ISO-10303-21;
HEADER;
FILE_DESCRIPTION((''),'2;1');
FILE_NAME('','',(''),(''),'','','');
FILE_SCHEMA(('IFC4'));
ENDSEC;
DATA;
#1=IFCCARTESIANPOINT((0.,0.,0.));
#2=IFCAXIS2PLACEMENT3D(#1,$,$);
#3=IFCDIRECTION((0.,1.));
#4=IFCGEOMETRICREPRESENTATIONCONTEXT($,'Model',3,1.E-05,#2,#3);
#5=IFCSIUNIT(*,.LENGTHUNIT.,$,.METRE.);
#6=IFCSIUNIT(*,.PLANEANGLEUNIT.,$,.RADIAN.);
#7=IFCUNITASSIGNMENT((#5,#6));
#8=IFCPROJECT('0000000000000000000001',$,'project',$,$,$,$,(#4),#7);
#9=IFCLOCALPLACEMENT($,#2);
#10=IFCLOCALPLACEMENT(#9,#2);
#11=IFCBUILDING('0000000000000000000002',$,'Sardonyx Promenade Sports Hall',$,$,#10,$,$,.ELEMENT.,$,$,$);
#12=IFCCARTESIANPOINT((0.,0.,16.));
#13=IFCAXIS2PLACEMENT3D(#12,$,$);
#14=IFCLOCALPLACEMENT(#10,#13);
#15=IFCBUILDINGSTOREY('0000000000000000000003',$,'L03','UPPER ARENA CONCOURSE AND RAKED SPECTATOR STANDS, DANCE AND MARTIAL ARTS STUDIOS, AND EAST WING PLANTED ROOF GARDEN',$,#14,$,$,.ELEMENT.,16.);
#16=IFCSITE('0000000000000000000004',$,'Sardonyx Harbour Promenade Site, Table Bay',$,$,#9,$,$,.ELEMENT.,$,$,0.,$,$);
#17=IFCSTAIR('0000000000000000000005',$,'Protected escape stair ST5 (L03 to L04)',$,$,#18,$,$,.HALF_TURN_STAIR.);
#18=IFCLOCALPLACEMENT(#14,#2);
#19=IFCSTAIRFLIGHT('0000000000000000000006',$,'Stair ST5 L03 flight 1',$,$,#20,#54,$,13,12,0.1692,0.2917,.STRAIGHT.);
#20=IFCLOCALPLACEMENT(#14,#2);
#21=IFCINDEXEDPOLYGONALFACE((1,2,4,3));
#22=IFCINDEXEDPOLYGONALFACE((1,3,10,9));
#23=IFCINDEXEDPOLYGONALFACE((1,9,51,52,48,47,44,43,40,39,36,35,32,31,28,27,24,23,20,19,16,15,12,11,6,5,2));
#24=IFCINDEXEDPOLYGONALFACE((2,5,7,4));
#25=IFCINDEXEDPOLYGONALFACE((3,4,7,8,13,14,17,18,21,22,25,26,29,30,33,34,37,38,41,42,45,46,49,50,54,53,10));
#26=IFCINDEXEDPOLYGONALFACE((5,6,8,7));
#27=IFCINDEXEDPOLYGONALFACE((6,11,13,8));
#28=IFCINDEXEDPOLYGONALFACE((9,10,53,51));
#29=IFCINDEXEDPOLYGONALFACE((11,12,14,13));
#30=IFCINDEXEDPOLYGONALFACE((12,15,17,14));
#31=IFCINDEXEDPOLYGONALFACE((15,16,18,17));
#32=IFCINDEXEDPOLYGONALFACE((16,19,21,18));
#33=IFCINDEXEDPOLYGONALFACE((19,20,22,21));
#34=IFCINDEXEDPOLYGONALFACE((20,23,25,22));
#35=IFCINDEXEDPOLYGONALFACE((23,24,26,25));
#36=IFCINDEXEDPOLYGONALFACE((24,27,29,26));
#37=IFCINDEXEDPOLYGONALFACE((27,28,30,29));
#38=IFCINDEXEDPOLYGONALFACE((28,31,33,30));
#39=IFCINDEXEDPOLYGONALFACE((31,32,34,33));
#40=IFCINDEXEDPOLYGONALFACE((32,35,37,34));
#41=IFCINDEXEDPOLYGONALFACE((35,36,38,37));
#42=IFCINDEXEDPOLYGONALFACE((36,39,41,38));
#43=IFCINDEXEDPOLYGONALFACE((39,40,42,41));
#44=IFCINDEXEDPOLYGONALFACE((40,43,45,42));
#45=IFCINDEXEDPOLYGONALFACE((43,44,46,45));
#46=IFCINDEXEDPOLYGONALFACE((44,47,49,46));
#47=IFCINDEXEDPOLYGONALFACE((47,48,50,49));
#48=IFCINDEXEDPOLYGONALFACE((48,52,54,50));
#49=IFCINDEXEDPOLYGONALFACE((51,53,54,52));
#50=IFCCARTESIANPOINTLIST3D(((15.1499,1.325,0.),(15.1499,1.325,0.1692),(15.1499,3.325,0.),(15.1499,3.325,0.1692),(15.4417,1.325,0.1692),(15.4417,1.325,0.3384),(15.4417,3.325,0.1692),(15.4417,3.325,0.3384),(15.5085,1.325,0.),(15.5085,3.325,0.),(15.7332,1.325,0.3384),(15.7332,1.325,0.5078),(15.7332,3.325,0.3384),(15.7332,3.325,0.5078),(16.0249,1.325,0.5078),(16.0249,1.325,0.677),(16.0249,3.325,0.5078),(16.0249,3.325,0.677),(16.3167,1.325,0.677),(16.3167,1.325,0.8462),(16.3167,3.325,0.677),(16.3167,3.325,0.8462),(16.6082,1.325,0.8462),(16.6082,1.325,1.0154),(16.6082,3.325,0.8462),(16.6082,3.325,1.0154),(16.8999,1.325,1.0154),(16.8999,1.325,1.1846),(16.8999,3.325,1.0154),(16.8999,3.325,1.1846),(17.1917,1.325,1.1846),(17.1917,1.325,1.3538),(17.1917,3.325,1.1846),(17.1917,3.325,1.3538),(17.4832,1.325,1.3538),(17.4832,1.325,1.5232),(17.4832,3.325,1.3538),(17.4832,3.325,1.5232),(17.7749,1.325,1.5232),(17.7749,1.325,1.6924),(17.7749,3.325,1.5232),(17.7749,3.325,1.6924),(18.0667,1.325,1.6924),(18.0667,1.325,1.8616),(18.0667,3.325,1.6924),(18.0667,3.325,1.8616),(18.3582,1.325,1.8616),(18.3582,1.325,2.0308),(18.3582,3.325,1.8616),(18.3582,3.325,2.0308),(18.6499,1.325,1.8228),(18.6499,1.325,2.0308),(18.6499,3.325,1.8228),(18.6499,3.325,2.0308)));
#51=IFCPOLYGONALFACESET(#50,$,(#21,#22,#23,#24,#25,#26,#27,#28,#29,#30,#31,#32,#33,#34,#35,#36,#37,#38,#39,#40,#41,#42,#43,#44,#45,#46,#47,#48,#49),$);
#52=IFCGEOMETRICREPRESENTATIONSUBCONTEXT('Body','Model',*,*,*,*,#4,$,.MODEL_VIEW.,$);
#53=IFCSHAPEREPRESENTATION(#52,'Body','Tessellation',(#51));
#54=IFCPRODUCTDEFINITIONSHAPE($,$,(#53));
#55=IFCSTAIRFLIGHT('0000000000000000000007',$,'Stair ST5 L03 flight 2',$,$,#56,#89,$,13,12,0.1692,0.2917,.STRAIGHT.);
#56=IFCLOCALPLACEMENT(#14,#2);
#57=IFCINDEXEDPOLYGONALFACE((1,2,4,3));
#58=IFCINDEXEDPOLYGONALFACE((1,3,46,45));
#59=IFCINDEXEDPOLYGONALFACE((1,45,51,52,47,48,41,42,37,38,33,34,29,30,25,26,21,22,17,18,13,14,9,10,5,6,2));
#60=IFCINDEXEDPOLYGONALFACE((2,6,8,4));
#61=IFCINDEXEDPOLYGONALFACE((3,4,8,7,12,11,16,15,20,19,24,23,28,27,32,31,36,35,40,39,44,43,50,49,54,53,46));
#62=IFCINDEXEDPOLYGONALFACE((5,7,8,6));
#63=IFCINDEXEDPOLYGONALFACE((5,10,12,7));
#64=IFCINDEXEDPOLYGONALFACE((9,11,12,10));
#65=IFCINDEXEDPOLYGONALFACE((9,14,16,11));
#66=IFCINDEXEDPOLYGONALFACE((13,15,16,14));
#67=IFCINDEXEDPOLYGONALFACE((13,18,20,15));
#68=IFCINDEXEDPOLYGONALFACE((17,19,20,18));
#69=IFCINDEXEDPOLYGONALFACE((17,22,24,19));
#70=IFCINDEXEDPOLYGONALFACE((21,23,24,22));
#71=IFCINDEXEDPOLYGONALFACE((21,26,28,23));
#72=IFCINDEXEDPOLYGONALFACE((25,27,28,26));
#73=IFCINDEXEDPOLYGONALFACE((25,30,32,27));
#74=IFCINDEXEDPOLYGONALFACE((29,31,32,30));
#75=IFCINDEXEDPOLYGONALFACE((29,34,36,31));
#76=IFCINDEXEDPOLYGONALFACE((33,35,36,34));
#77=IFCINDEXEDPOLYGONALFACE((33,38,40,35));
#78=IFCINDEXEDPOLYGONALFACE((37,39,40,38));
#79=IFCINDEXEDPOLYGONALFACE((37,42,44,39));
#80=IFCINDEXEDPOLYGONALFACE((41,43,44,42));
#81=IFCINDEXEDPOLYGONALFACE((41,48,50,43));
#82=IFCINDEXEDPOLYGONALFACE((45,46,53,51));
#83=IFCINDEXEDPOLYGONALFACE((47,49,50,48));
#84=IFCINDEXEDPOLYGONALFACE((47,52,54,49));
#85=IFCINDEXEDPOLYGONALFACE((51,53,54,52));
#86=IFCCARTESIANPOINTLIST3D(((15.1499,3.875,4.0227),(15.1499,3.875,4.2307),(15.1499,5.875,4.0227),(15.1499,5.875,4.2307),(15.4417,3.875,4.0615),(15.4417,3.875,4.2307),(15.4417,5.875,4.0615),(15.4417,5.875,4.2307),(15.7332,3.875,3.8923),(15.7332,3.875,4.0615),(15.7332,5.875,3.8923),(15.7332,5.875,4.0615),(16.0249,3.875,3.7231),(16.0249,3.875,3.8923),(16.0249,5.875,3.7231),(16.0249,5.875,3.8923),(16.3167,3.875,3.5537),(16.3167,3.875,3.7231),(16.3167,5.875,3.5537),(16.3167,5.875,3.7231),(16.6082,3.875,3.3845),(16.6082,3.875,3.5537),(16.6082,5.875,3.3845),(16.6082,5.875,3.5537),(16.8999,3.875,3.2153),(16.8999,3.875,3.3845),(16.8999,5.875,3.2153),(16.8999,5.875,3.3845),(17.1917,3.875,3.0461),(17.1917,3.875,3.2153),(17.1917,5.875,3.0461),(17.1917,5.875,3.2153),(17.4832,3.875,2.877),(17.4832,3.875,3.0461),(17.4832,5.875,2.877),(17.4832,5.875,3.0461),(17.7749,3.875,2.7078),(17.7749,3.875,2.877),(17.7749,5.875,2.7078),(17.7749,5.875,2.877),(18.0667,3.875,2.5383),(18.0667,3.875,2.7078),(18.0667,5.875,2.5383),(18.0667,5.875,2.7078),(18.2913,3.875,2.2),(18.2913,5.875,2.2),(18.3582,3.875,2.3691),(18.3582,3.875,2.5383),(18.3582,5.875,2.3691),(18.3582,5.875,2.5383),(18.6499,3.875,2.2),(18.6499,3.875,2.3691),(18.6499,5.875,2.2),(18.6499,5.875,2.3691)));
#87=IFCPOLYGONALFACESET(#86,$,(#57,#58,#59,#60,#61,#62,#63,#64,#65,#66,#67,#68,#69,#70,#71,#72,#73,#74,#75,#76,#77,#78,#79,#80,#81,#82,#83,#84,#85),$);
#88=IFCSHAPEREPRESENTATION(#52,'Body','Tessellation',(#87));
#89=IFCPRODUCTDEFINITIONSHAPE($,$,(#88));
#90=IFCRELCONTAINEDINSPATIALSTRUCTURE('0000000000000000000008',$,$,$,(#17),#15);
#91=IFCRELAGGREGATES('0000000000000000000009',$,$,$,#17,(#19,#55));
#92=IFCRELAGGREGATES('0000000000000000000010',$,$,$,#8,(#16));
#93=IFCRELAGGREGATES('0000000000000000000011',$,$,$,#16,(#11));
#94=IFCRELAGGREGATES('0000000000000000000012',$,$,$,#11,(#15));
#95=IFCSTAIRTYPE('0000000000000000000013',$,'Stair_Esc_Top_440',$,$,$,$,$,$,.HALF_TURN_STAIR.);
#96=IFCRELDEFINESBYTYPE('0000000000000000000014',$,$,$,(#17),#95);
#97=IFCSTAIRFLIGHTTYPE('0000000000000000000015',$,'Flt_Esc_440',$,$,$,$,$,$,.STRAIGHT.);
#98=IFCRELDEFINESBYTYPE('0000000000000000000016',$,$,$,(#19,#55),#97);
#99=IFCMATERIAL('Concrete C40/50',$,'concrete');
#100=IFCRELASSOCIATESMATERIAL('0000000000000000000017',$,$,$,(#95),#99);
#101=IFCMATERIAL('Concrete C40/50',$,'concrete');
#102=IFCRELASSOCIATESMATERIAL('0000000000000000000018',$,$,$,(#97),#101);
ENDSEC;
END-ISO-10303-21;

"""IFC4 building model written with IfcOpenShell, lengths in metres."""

from ifc_helpers import new_model, si_unit, direction, frame, origin, place, context, subcontext, project, spatial, polyline, outline, extrude, material, type_object, element, aggregate, save


model = new_model("IFC4")

# Units and contexts
model_context = context("Model", 3, precision=1e-05, world=origin(), true_north=direction((0.0, 1.0)))
body_context = subcontext(model_context, "Body", "Model", "MODEL_VIEW")
ifc_project = project(units=[si_unit("LENGTHUNIT", "METRE"), si_unit("PLANEANGLEUNIT", "RADIAN")], contexts=[model_context])

# Site, building, storey
site_placement = place(None, origin())
site = spatial("IfcSite", under=ifc_project, at=site_placement, Name="Sardonyx Harbour Promenade Site, Table Bay", CompositionType="ELEMENT", RefElevation=0.0)
building_placement = place(site_placement, origin())
building = spatial("IfcBuilding", under=site, at=building_placement, Name="Sardonyx Promenade Sports Hall", CompositionType="ELEMENT")
storey_placement = place(building_placement, frame((0.0, 0.0, 16.0)))
storey = spatial("IfcBuildingStorey", under=building, at=storey_placement, Name="L03", Description="UPPER ARENA CONCOURSE AND RAKED SPECTATOR STANDS, DANCE AND MARTIAL ARTS STUDIOS, AND EAST WING PLANTED ROOF GARDEN", CompositionType="ELEMENT", Elevation=16.0)

# Stair, stair flights
ifc_material_1 = material(Name="Concrete C40/50", Category="concrete")
stair_type = type_object("IfcStairType", Name="Stair_Esc_Top_440", PredefinedType="HALF_TURN_STAIR", material=ifc_material_1)
stair_placement = place(storey_placement, origin())
stair = element("IfcStair", 1, at=stair_placement, inside=storey, type_object=stair_type, Name="Protected escape stair ST5 (L03 to L04)", PredefinedType="HALF_TURN_STAIR")
ifc_material_2 = material(Name="Concrete C40/50", Category="concrete")
stair_flight_type = type_object("IfcStairFlightType", Name="Flt_Esc_440", PredefinedType="STRAIGHT", material=ifc_material_2)
stair_flight_1_placement = place(storey_placement, frame((15.1499, 2.325, 0.0), z_axis=(0.0, 0.0, 1.0), x_axis=(1.0, 0.0, 0.0)))
stair_flight_1 = element("IfcStairFlight", 2, at=stair_flight_1_placement, type_object=stair_flight_type, Name="Stair ST5 L03 flight 1", NumberOfRisers=13, NumberOfTreads=12, PredefinedType="STRAIGHT", RiserHeight=0.1692, TreadLength=0.2917, context=body_context, shape_type="SweptSolid", body=[
    extrude(outline(polyline([(0.0, 0.0), (0.0, 0.1692), (0.2917, 0.1692), (0.2917, 0.3384), (0.5833, 0.3384), (0.5833, 0.5078), (0.875, 0.5078), (0.875, 0.677), (1.1667, 0.677), (1.1667, 0.8462), (1.4583, 0.8462), (1.4583, 1.0154), (1.75, 1.0154), (1.75, 1.1846), (2.0417, 1.1846), (2.0417, 1.3538), (2.3333, 1.3538), (2.3333, 1.5232), (2.625, 1.5232), (2.625, 1.6924), (2.9167, 1.6924), (2.9167, 1.8616), (3.2083, 1.8616), (3.2083, 2.0308), (3.5, 2.0308), (3.5, 2.2), (3.5, 1.8228), (0.3586, 0.0), (0.0, 0.0)])), frame((0.0, 1.0, 0.0), z_axis=(0.0, -1.0, 0.0), x_axis=(1.0, 0.0, 0.0)), (0.0, 0.0, 1.0), 2.0),
])
stair_flight_2_placement = place(storey_placement, frame((18.6499, 4.875, 2.2), z_axis=(0.0, 0.0, 1.0), x_axis=(-1.0, 0.0, 0.0)))
stair_flight_2 = element("IfcStairFlight", 3, at=stair_flight_2_placement, type_object=stair_flight_type, Name="Stair ST5 L03 flight 2", NumberOfRisers=13, NumberOfTreads=12, PredefinedType="STRAIGHT", RiserHeight=0.1692, TreadLength=0.2917, context=body_context, shape_type="SweptSolid", body=[
    extrude(outline(polyline([(0.0, 0.0), (0.0, 0.1692), (0.2917, 0.1692), (0.2917, 0.3384), (0.5833, 0.3384), (0.5833, 0.5078), (0.875, 0.5078), (0.875, 0.677), (1.1667, 0.677), (1.1667, 0.8462), (1.4583, 0.8462), (1.4583, 1.0154), (1.75, 1.0154), (1.75, 1.1846), (2.0417, 1.1846), (2.0417, 1.3538), (2.3333, 1.3538), (2.3333, 1.5232), (2.625, 1.5232), (2.625, 1.6924), (2.9167, 1.6924), (2.9167, 1.8616), (3.2083, 1.8616), (3.2083, 2.0308), (3.5, 2.0308), (3.5, 2.2), (3.5, 1.8228), (0.3586, 0.0), (0.0, 0.0)])), frame((0.0, 1.0, 0.0), z_axis=(0.0, -1.0, 0.0), x_axis=(1.0, 0.0, 0.0)), (0.0, 0.0, 1.0), 2.0),
])
aggregate(stair, [stair_flight_1, stair_flight_2])

save(model, "model.ifc")
